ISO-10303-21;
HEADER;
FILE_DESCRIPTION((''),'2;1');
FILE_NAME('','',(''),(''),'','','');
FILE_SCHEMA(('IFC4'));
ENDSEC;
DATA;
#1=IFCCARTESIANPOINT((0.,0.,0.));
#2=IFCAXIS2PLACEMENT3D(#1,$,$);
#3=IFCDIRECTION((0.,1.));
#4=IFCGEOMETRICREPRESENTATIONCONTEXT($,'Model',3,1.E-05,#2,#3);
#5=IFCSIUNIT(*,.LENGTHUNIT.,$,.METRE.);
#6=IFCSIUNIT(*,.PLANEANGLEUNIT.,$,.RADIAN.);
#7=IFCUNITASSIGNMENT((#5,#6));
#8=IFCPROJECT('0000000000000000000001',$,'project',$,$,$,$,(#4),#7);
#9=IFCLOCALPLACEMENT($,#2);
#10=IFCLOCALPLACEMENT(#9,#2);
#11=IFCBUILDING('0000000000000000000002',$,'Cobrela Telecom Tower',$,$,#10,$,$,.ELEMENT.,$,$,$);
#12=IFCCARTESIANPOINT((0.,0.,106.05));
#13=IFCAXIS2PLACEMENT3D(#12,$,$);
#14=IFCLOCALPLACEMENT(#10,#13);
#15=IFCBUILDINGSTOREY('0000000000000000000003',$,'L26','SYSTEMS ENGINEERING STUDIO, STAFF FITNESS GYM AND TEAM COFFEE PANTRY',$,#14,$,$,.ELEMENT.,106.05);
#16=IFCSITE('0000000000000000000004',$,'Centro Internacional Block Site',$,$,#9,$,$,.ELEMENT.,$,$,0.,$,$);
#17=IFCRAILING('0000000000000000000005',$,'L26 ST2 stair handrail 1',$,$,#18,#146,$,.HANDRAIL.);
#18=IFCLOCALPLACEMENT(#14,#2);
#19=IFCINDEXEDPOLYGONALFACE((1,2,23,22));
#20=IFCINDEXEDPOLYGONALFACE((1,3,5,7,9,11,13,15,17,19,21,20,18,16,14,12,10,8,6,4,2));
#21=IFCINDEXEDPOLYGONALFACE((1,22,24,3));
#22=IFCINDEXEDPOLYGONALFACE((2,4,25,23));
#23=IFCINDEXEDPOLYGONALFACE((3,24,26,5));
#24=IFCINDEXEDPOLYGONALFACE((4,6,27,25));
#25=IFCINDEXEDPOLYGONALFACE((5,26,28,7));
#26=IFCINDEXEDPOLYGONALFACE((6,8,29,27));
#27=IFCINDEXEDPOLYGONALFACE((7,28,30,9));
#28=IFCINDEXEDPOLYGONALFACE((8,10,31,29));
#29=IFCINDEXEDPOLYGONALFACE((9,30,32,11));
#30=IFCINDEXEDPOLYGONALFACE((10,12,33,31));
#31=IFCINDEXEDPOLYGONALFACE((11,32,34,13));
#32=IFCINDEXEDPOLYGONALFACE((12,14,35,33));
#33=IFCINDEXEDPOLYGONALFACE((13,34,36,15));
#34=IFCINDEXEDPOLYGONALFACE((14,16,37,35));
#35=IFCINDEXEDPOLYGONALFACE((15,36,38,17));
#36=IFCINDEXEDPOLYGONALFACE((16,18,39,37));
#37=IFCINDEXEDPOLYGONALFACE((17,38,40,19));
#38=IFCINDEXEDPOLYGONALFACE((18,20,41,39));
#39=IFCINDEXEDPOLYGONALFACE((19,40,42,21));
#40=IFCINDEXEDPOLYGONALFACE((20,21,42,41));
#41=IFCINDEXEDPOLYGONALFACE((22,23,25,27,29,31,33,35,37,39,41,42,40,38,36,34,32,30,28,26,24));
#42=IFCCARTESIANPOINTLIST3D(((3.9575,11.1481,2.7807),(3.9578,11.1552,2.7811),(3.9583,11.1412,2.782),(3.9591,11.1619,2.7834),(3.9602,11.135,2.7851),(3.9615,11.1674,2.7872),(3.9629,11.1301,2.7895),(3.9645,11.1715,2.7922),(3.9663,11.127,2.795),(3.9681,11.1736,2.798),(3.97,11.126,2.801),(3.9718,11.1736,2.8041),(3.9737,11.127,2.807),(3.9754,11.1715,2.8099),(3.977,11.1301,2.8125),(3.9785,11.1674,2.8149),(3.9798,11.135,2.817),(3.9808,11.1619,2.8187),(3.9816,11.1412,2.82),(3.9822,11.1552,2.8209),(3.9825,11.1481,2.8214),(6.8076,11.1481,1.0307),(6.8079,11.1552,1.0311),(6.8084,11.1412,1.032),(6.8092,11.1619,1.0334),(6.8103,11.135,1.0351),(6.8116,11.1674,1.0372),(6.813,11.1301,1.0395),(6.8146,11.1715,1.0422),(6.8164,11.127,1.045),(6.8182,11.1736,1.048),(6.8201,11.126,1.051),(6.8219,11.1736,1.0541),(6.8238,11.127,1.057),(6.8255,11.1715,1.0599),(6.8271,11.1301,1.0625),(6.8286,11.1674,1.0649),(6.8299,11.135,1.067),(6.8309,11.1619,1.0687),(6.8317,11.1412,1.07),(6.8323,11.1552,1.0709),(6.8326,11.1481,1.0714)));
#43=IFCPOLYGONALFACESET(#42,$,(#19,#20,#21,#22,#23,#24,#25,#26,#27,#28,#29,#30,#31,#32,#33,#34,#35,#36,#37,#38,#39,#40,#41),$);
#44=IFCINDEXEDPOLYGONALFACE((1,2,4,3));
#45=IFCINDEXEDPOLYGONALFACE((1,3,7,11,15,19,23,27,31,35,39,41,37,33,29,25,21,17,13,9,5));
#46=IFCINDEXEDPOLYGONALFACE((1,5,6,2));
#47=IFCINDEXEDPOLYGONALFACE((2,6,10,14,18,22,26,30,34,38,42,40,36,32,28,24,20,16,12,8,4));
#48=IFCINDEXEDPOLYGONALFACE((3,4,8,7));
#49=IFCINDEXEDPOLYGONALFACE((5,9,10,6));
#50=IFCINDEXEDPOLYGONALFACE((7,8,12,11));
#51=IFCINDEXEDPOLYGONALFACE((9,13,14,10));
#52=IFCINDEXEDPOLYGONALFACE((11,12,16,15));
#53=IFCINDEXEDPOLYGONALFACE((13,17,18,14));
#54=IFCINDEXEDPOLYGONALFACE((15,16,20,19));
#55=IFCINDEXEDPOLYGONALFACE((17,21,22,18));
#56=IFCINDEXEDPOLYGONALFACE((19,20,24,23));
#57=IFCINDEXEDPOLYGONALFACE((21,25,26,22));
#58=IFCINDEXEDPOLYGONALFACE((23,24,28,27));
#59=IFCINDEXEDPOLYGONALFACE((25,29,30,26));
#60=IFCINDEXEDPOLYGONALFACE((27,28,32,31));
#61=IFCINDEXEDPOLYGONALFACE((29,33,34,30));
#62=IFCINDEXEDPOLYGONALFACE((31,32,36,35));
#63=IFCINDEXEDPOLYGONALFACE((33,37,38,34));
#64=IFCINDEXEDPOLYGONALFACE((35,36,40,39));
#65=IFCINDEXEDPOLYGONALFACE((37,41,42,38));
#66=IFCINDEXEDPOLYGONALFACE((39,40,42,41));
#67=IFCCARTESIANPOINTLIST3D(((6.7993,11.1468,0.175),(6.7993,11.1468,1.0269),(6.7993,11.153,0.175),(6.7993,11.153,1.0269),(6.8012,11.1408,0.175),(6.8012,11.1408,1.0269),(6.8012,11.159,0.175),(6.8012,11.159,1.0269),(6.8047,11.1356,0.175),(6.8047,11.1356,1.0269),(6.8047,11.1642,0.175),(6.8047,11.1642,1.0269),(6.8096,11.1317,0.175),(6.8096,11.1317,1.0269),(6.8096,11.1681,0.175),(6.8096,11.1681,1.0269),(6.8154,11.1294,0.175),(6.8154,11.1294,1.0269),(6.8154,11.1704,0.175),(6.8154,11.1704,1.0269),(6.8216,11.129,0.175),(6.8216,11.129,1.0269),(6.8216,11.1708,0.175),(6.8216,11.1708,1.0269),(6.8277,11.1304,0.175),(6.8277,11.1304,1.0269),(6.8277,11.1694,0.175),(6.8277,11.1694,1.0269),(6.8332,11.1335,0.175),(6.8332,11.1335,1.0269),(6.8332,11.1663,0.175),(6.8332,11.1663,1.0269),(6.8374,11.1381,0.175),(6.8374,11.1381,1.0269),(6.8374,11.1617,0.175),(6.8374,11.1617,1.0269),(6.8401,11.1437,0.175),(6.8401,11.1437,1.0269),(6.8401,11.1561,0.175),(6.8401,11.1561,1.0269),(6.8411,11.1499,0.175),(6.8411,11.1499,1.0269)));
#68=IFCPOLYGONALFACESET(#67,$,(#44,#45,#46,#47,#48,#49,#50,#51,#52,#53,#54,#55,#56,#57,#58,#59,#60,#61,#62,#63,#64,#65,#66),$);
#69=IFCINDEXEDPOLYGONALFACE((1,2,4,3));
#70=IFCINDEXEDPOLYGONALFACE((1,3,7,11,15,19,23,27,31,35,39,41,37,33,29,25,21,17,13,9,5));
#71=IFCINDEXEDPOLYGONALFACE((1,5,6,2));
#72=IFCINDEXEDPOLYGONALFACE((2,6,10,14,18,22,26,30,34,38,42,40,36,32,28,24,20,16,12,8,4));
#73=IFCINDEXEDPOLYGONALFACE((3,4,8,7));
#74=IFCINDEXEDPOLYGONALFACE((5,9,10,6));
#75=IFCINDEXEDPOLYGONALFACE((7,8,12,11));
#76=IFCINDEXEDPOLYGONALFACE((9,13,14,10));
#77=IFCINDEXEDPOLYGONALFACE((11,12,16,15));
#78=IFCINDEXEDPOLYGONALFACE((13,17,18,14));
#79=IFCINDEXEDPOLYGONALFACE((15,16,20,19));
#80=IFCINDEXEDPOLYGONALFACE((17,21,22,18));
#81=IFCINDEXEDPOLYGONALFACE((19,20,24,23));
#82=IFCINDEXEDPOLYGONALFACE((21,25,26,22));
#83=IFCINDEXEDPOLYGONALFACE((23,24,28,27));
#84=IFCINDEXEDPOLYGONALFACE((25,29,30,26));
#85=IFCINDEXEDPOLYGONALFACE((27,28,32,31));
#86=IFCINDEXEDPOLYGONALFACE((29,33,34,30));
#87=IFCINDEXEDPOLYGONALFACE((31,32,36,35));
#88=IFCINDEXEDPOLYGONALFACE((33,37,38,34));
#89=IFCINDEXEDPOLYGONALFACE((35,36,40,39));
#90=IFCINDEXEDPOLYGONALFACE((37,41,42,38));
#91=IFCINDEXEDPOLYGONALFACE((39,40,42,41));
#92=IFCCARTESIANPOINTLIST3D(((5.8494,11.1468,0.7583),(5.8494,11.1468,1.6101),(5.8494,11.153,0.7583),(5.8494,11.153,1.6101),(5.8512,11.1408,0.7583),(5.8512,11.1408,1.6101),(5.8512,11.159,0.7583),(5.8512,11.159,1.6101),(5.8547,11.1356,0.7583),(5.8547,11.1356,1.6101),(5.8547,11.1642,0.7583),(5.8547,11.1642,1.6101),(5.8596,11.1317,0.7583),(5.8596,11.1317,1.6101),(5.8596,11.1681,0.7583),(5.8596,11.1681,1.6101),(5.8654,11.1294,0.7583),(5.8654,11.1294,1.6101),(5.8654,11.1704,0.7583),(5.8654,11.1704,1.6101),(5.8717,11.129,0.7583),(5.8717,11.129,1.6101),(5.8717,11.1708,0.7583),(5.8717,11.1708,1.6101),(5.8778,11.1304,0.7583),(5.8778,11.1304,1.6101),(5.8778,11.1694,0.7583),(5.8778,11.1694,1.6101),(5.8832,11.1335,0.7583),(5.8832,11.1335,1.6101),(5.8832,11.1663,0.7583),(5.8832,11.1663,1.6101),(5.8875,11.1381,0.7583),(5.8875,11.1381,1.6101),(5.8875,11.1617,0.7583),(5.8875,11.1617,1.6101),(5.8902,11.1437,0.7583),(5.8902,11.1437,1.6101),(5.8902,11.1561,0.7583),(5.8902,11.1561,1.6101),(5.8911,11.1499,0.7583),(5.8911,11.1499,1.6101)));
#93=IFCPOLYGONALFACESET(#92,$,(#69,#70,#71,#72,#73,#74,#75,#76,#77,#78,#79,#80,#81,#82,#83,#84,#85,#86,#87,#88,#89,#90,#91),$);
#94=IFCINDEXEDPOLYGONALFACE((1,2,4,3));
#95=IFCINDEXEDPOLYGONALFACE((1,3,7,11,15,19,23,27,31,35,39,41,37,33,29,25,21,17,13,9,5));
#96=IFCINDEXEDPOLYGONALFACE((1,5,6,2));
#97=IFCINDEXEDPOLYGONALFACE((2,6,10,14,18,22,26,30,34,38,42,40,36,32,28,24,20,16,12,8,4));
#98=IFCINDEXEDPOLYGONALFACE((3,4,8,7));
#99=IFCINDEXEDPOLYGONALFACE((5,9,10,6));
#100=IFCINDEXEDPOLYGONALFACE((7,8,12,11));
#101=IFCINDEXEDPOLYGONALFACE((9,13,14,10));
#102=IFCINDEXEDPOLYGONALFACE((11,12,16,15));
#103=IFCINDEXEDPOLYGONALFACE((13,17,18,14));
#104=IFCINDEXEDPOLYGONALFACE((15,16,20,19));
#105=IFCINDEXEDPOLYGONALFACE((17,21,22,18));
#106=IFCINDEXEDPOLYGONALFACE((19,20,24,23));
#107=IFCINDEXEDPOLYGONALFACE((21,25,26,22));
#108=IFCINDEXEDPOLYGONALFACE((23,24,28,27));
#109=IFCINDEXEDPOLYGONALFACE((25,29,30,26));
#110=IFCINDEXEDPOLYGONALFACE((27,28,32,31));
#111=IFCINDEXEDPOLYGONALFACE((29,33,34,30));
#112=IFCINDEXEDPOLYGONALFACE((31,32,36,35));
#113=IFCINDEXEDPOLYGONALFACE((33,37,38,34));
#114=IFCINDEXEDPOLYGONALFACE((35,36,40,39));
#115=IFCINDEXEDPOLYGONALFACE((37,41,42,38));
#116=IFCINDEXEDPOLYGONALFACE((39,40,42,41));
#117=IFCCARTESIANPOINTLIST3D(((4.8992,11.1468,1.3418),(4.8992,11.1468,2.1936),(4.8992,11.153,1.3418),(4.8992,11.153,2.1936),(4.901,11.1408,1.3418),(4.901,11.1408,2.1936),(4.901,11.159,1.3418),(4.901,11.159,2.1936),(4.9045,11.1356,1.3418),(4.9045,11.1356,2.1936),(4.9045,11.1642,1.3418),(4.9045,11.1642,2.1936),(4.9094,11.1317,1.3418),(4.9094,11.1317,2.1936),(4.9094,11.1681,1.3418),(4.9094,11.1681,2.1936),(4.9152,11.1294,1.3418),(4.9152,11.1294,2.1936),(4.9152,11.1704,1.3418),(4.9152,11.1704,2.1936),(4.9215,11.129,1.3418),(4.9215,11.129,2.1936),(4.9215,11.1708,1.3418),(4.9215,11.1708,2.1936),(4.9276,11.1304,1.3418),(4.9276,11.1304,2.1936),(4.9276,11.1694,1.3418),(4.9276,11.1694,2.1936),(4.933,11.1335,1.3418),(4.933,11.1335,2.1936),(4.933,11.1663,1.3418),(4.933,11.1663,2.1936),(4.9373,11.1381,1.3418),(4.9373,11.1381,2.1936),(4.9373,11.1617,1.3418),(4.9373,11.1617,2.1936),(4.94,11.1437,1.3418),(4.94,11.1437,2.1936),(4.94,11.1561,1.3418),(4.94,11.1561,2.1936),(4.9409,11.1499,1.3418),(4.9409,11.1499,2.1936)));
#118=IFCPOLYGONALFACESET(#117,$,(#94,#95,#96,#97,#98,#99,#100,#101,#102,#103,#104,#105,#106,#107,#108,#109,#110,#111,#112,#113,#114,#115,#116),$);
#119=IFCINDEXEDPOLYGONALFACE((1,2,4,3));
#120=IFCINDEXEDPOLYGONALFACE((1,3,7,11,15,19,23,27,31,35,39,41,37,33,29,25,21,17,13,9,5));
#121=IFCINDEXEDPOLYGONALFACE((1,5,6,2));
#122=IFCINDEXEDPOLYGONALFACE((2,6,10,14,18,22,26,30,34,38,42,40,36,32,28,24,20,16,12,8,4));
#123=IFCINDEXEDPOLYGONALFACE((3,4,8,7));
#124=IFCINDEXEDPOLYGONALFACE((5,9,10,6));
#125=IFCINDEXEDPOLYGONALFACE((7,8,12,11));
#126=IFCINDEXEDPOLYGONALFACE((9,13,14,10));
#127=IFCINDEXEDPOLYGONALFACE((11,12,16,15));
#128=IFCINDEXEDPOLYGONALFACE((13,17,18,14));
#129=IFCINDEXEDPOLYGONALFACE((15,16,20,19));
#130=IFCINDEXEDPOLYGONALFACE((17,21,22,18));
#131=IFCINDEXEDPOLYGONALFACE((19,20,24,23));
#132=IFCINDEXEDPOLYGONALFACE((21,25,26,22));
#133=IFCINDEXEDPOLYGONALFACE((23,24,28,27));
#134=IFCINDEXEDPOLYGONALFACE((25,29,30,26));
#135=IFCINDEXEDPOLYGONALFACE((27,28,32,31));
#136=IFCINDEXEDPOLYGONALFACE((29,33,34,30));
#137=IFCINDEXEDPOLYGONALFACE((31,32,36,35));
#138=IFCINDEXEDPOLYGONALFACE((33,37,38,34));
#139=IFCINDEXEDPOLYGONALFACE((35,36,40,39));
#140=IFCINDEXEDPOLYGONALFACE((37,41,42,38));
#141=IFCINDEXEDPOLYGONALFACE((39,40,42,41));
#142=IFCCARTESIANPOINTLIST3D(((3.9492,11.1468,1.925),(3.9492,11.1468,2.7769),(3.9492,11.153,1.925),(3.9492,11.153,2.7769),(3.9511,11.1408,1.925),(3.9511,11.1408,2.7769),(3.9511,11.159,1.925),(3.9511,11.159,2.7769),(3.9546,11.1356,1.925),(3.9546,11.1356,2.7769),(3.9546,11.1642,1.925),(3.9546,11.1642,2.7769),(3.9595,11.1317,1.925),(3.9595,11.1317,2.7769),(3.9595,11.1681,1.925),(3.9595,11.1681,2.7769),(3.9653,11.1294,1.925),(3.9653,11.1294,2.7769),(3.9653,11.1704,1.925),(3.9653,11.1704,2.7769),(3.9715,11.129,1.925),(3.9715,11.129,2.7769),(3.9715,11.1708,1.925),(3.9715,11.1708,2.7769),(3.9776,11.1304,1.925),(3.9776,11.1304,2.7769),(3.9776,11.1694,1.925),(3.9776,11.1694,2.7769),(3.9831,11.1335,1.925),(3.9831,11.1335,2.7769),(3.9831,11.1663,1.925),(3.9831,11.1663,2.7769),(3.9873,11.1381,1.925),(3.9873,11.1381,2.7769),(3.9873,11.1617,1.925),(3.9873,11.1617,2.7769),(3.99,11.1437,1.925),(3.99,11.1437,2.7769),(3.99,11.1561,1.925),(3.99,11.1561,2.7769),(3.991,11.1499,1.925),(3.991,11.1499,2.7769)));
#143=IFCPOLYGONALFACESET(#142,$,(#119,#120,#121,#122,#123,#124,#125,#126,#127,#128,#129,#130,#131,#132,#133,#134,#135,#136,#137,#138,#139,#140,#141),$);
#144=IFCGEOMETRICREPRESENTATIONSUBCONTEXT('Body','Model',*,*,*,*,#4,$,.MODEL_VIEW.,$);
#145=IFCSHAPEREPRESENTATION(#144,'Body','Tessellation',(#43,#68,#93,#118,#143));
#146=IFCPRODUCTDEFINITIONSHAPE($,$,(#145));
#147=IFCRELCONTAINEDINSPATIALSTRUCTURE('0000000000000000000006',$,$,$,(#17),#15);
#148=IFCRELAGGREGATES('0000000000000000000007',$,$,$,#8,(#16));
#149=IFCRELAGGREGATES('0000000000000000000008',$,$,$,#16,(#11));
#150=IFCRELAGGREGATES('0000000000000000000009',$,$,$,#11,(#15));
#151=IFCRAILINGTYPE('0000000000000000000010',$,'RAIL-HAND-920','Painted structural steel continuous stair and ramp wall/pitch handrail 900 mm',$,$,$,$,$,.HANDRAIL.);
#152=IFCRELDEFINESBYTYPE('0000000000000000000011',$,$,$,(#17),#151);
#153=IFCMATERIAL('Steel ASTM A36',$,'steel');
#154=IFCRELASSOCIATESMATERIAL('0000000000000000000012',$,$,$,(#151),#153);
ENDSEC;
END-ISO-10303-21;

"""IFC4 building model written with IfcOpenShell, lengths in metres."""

from ifc_helpers import new_model, si_unit, direction, frame, origin, origin_2d, place, context, subcontext, project, spatial, circle, extrude, material, type_object, element, save


model = new_model("IFC4")

# Units and contexts
model_context = context("Model", 3, precision=1e-05, world=origin(), true_north=direction((0.0, 1.0)))
body_context = subcontext(model_context, "Body", "Model", "MODEL_VIEW")
ifc_project = project(units=[si_unit("LENGTHUNIT", "METRE"), si_unit("PLANEANGLEUNIT", "RADIAN")], contexts=[model_context])

# Site, building, storey
site_placement = place(None, origin())
site = spatial("IfcSite", under=ifc_project, at=site_placement, Name="Centro Internacional Block Site", CompositionType="ELEMENT", RefElevation=0.0)
building_placement = place(site_placement, origin())
building = spatial("IfcBuilding", under=site, at=building_placement, Name="Cobrela Telecom Tower", CompositionType="ELEMENT")
storey_placement = place(building_placement, frame((0.0, 0.0, 106.05)))
storey = spatial("IfcBuildingStorey", under=building, at=storey_placement, Name="L26", Description="SYSTEMS ENGINEERING STUDIO, STAFF FITNESS GYM AND TEAM COFFEE PANTRY", CompositionType="ELEMENT", Elevation=106.05)

# Shared definitions
ifc_material_1 = material(Name="Steel ASTM A36", Category="steel")

# Railing
railing_type_1 = type_object("IfcRailingType", Name="RAIL-HAND-920", Description="Painted structural steel continuous stair and ramp wall/pitch handrail 900 mm", PredefinedType="HANDRAIL", material=ifc_material_1)
railing_1_placement = place(storey_placement, frame((6.8201, 11.1499, 0.175)))
element("IfcRailing", 1, at=railing_1_placement, inside=storey, type_object=railing_type_1, Name="L26 ST2 stair handrail 1", PredefinedType="HANDRAIL", context=body_context, shape_type="SweptSolid", body=[
    extrude(circle(Radius=0.0239, at=origin_2d()), frame((0.0, 0.0, 0.876), z_axis=(-0.852179, 0.0, 0.52325), x_axis=(0.0, -1.0, 0.0)), (0.0, 0.0, 1.0), 3.3445),
    extrude(circle(Radius=0.021, at=origin_2d()), origin(), (0.0, 0.0, 1.0), 0.8518),
    extrude(circle(Radius=0.021, at=origin_2d()), frame((-0.95, 0.0, 0.5833)), (0.0, 0.0, 1.0), 0.8518),
    extrude(circle(Radius=0.021, at=origin_2d()), frame((-1.9001, 0.0, 1.1667)), (0.0, 0.0, 1.0), 0.8518),
    extrude(circle(Radius=0.021, at=origin_2d()), frame((-2.8501, 0.0, 1.75)), (0.0, 0.0, 1.0), 0.8518),
])

save(model, "model.ifc")
